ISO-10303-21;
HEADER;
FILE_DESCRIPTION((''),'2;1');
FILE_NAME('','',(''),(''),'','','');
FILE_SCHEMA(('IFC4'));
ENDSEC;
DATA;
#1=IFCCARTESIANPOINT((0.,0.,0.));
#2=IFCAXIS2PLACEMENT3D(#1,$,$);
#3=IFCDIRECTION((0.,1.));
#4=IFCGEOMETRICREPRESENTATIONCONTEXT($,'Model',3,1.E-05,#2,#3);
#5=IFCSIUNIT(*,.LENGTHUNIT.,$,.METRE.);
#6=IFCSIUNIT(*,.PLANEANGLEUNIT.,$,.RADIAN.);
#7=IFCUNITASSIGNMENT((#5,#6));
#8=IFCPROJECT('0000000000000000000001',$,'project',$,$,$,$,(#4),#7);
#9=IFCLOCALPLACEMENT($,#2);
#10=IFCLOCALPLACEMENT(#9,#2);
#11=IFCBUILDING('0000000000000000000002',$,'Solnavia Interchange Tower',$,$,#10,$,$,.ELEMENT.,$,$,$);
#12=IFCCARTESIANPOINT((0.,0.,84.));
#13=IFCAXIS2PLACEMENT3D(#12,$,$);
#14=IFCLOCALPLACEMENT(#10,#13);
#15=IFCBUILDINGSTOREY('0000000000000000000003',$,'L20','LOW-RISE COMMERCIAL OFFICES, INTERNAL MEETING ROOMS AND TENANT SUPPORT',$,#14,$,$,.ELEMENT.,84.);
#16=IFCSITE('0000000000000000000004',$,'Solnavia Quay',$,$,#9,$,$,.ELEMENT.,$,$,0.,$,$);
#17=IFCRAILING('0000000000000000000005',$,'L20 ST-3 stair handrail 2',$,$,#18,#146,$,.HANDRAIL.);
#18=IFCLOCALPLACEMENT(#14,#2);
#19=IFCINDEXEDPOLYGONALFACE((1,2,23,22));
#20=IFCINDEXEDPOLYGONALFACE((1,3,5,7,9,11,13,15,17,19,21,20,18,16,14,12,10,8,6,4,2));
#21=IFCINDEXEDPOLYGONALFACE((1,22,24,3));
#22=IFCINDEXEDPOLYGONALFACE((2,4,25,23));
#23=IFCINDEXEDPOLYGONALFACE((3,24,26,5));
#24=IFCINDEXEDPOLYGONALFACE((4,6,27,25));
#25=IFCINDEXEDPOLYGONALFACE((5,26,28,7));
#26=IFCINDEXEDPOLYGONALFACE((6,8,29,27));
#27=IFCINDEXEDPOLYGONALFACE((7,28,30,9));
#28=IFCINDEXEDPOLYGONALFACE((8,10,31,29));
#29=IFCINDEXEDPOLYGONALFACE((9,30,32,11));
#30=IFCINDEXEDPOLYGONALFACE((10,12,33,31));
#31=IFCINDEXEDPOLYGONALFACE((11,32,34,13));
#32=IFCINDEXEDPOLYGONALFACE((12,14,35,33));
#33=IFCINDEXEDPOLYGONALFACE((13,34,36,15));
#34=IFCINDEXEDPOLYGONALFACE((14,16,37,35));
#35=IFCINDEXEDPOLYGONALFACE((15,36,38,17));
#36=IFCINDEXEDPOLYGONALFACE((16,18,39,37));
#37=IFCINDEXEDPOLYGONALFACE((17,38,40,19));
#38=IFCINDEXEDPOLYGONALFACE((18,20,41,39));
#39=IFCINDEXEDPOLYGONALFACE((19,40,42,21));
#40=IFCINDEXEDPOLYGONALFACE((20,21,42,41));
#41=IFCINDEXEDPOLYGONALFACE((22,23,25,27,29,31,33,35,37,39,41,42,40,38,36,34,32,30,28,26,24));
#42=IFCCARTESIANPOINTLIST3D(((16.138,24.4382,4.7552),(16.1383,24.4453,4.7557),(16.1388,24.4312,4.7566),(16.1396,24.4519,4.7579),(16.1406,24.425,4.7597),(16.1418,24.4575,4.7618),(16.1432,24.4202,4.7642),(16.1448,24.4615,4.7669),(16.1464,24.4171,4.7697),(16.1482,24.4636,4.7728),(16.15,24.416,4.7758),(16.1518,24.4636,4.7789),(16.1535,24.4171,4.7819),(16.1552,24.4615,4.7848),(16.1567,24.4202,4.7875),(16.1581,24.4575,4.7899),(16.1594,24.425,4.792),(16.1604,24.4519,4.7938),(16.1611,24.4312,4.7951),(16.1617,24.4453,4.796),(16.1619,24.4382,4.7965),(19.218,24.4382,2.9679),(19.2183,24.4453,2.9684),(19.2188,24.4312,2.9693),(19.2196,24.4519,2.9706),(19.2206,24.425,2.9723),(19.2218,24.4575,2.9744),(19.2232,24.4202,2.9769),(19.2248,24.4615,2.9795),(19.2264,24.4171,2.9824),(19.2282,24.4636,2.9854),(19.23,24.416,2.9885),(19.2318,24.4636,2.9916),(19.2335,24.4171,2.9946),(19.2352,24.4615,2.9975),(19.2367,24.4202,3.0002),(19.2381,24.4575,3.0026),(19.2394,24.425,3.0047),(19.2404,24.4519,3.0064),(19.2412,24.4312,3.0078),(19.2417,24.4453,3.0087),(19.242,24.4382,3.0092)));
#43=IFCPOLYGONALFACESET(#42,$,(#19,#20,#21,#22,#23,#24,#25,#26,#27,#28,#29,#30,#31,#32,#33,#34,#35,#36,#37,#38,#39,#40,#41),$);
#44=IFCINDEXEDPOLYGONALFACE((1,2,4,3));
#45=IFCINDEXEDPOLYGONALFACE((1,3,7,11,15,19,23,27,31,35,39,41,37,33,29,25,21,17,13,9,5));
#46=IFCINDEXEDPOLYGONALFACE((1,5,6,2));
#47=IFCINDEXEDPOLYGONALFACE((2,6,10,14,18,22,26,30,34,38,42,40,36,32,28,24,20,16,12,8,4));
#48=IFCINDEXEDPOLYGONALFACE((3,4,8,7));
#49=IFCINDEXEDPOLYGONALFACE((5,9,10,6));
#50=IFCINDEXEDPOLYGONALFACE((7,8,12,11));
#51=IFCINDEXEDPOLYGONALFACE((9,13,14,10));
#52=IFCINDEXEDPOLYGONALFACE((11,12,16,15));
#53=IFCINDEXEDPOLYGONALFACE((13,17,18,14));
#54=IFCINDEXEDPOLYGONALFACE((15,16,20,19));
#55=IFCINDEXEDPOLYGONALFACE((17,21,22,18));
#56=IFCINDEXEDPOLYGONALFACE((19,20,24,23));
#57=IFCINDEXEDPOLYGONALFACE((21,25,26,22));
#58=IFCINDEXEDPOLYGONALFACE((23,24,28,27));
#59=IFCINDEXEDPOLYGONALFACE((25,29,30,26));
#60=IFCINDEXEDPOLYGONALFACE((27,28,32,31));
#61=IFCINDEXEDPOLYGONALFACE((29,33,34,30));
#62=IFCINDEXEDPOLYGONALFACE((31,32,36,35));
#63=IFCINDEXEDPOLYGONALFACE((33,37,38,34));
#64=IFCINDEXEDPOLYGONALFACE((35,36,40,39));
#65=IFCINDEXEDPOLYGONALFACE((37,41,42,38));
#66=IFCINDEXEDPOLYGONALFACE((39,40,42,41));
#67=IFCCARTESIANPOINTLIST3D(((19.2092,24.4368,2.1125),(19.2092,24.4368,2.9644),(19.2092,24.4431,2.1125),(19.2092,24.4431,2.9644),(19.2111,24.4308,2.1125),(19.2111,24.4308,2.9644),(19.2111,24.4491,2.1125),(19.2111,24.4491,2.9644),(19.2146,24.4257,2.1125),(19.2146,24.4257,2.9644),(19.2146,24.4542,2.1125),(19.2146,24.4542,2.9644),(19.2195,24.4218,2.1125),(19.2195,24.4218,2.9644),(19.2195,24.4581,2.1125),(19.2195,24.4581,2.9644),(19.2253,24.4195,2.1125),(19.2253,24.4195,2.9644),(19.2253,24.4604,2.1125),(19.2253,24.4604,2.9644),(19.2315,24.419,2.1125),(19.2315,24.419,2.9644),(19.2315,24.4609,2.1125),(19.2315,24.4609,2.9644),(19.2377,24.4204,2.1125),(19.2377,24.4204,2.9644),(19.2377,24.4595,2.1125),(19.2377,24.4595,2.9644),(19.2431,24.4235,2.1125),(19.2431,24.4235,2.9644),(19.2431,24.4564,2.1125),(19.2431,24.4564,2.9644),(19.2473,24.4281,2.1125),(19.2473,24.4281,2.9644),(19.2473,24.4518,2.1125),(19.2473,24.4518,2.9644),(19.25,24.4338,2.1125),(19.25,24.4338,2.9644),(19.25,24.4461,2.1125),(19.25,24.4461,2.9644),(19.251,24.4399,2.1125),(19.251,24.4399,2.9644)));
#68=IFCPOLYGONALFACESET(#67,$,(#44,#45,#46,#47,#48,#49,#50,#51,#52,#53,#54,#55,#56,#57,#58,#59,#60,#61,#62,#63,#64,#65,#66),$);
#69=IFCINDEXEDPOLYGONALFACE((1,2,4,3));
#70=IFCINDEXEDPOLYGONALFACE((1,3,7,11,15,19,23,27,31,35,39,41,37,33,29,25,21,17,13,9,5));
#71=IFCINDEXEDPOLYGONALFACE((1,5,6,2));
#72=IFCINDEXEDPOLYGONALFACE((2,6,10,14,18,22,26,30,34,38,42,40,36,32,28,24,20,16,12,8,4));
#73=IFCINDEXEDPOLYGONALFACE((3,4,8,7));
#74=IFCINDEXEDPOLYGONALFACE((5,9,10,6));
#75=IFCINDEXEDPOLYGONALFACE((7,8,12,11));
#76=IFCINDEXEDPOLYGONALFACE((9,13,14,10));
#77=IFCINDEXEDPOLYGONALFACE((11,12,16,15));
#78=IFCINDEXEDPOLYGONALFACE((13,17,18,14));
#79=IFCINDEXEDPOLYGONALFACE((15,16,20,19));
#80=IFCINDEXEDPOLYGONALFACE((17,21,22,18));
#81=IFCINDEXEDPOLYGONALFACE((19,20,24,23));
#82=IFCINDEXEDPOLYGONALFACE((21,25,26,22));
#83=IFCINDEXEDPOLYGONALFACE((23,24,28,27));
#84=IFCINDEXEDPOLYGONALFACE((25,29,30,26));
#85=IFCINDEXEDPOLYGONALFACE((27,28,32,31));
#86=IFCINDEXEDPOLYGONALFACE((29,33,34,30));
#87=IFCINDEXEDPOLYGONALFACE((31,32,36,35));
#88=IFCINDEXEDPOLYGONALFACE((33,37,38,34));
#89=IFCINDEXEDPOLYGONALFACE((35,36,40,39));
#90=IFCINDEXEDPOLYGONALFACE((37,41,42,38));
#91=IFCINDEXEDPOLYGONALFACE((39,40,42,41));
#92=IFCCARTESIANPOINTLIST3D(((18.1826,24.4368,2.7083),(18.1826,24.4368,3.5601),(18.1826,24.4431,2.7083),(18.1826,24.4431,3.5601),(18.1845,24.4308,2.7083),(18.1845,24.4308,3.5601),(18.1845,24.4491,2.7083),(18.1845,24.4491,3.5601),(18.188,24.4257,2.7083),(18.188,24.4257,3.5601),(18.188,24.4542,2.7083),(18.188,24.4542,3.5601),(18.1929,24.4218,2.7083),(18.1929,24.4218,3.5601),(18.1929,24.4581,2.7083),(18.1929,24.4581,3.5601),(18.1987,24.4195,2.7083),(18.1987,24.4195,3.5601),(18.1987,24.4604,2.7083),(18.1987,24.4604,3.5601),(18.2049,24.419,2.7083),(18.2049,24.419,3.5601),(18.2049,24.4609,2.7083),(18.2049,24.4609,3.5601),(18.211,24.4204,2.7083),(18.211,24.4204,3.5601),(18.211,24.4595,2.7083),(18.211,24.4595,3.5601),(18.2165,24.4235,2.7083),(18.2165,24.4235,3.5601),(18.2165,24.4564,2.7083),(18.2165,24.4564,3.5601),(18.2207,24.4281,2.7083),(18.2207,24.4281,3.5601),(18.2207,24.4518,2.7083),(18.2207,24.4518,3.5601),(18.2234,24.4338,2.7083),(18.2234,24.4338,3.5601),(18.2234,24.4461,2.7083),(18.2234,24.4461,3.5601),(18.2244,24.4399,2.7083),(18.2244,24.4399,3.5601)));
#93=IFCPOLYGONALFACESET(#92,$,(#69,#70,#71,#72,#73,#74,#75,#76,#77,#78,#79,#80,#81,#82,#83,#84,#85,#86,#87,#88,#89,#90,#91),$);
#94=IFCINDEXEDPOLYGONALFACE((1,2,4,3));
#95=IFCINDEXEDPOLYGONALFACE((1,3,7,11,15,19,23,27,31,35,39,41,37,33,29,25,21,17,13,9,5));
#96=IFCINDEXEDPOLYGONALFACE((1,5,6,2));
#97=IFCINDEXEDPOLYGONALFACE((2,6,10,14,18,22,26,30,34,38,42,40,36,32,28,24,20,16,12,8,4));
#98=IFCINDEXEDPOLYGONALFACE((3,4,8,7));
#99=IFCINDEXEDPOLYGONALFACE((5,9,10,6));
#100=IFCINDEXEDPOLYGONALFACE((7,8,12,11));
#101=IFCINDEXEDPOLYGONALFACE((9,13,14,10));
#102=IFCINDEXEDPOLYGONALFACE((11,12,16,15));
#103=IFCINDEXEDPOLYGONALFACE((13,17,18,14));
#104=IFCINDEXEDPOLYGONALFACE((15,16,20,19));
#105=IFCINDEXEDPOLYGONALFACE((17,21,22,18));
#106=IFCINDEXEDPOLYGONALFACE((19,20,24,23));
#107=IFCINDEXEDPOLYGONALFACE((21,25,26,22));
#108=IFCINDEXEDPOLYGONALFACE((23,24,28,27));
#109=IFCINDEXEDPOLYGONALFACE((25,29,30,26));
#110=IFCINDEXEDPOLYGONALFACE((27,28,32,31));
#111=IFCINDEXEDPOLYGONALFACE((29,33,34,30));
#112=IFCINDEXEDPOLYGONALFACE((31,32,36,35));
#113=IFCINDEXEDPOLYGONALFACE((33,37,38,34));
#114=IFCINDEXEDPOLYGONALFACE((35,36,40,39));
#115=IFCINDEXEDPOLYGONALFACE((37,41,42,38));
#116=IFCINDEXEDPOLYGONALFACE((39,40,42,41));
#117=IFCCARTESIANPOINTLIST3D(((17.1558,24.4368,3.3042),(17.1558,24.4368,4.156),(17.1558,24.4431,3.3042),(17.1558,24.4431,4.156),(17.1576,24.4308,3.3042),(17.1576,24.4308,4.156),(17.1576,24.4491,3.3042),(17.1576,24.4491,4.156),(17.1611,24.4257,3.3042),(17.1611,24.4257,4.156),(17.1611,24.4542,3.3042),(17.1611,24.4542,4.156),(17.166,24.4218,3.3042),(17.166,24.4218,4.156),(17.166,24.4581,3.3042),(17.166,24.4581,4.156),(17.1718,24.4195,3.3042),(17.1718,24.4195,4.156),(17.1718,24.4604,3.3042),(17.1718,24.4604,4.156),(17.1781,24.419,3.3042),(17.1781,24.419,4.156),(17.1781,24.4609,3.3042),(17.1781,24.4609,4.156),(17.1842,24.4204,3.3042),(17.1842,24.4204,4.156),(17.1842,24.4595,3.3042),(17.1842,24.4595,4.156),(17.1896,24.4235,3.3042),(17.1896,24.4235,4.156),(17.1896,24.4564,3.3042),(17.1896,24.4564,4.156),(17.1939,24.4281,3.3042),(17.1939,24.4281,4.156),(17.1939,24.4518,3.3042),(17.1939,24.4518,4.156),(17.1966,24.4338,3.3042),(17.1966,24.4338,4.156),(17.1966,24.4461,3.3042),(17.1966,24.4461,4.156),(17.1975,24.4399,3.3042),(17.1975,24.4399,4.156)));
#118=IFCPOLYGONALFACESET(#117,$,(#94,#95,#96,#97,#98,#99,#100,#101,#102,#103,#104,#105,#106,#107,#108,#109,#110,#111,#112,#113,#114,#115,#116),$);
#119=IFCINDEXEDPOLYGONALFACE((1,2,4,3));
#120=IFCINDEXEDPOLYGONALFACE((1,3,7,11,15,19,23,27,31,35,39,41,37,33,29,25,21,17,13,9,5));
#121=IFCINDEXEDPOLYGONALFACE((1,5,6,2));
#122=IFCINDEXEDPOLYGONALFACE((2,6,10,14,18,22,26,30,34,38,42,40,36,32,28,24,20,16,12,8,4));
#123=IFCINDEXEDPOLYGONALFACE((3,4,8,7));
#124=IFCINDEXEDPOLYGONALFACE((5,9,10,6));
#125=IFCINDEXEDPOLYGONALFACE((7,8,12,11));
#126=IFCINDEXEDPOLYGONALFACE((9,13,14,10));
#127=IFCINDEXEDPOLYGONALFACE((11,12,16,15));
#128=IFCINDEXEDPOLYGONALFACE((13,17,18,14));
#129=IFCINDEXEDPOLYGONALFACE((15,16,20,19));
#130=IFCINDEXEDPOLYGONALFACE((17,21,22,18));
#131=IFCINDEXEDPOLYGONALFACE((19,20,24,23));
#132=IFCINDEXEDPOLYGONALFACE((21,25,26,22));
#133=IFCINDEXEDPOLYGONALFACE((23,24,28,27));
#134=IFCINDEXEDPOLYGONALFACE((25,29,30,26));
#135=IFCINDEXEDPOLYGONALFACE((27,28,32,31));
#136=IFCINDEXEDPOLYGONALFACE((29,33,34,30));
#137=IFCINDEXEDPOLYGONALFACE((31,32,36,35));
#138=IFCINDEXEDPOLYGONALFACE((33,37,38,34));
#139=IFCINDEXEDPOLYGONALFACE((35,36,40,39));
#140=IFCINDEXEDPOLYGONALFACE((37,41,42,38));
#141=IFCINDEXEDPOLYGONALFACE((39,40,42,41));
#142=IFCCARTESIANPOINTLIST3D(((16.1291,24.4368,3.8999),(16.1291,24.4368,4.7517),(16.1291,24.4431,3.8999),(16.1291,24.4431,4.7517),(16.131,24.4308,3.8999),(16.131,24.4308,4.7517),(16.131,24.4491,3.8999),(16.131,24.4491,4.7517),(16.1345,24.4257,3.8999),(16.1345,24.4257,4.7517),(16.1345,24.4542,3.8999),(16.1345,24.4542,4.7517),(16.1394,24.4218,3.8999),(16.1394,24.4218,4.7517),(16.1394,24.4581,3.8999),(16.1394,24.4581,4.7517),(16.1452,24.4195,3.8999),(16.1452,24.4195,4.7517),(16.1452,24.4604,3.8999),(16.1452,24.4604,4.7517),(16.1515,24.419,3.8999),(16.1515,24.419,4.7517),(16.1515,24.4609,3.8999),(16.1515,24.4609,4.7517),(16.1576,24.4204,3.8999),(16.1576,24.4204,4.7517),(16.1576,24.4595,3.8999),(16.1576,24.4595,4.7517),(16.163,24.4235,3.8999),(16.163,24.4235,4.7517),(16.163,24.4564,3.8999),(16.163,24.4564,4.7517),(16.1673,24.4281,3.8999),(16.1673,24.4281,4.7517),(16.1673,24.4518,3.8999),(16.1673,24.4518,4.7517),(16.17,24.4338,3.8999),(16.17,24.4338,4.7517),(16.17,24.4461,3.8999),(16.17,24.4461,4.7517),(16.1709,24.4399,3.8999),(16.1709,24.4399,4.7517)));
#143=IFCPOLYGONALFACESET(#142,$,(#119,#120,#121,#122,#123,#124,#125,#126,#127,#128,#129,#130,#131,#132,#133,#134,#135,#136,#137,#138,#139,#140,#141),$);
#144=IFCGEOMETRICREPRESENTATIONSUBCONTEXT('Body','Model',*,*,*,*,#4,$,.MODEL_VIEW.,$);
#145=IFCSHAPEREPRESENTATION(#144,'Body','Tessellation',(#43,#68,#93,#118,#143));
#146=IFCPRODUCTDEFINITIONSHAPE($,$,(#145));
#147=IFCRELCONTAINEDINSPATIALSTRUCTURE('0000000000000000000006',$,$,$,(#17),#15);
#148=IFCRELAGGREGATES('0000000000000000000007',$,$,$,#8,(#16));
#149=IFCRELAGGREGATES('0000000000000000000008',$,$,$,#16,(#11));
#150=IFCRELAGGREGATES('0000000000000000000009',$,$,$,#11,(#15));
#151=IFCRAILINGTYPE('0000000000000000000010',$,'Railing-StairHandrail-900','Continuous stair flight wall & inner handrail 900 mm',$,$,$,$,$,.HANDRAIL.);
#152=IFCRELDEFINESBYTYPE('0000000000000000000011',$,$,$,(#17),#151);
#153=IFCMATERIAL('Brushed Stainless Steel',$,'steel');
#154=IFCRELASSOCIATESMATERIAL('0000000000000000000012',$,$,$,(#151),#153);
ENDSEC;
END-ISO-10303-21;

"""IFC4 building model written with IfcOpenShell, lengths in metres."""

from ifc_helpers import new_model, si_unit, direction, frame, origin, origin_2d, place, context, subcontext, project, spatial, circle, extrude, material, type_object, element, save


model = new_model("IFC4")

# Units and contexts
model_context = context("Model", 3, precision=1e-05, world=origin(), true_north=direction((0.0, 1.0)))
body_context = subcontext(model_context, "Body", "Model", "MODEL_VIEW")
ifc_project = project(units=[si_unit("LENGTHUNIT", "METRE"), si_unit("PLANEANGLEUNIT", "RADIAN")], contexts=[model_context])

# Site, building, storey
site_placement = place(None, origin())
site = spatial("IfcSite", under=ifc_project, at=site_placement, Name="Solnavia Quay", CompositionType="ELEMENT", RefElevation=0.0)
building_placement = place(site_placement, origin())
building = spatial("IfcBuilding", under=site, at=building_placement, Name="Solnavia Interchange Tower", CompositionType="ELEMENT")
storey_placement = place(building_placement, frame((0.0, 0.0, 84.0)))
storey = spatial("IfcBuildingStorey", under=building, at=storey_placement, Name="L20", Description="LOW-RISE COMMERCIAL OFFICES, INTERNAL MEETING ROOMS AND TENANT SUPPORT", CompositionType="ELEMENT", Elevation=84.0)

# Railing
ifc_material_1 = material(Name="Brushed Stainless Steel", Category="steel")
railing_type_1 = type_object("IfcRailingType", Name="Railing-StairHandrail-900", Description="Continuous stair flight wall & inner handrail 900 mm", PredefinedType="HANDRAIL", material=ifc_material_1)
railing_1_placement = place(storey_placement, frame((19.23, 24.4399, 2.1125)))
element("IfcRailing", 1, at=railing_1_placement, inside=storey, type_object=railing_type_1, Name="L20 ST-3 stair handrail 2", PredefinedType="HANDRAIL", context=body_context, shape_type="SweptSolid", body=[
    extrude(circle(Radius=0.0239, at=origin_2d()), frame((0.0, 0.0, 0.876), z_axis=(-0.86492, 0.0, 0.501909), x_axis=(0.0, -1.0, 0.0)), (0.0, 0.0, 1.0), 3.561),
    extrude(circle(Radius=0.021, at=origin_2d()), origin(), (0.0, 0.0, 1.0), 0.8518),
    extrude(circle(Radius=0.021, at=origin_2d()), frame((-1.0266, 0.0, 0.5957)), (0.0, 0.0, 1.0), 0.8518),
    extrude(circle(Radius=0.021, at=origin_2d()), frame((-2.0535, 0.0, 1.1917)), (0.0, 0.0, 1.0), 0.8518),
    extrude(circle(Radius=0.021, at=origin_2d()), frame((-3.0801, 0.0, 1.7874)), (0.0, 0.0, 1.0), 0.8518),
])

save(model, "model.ifc")
